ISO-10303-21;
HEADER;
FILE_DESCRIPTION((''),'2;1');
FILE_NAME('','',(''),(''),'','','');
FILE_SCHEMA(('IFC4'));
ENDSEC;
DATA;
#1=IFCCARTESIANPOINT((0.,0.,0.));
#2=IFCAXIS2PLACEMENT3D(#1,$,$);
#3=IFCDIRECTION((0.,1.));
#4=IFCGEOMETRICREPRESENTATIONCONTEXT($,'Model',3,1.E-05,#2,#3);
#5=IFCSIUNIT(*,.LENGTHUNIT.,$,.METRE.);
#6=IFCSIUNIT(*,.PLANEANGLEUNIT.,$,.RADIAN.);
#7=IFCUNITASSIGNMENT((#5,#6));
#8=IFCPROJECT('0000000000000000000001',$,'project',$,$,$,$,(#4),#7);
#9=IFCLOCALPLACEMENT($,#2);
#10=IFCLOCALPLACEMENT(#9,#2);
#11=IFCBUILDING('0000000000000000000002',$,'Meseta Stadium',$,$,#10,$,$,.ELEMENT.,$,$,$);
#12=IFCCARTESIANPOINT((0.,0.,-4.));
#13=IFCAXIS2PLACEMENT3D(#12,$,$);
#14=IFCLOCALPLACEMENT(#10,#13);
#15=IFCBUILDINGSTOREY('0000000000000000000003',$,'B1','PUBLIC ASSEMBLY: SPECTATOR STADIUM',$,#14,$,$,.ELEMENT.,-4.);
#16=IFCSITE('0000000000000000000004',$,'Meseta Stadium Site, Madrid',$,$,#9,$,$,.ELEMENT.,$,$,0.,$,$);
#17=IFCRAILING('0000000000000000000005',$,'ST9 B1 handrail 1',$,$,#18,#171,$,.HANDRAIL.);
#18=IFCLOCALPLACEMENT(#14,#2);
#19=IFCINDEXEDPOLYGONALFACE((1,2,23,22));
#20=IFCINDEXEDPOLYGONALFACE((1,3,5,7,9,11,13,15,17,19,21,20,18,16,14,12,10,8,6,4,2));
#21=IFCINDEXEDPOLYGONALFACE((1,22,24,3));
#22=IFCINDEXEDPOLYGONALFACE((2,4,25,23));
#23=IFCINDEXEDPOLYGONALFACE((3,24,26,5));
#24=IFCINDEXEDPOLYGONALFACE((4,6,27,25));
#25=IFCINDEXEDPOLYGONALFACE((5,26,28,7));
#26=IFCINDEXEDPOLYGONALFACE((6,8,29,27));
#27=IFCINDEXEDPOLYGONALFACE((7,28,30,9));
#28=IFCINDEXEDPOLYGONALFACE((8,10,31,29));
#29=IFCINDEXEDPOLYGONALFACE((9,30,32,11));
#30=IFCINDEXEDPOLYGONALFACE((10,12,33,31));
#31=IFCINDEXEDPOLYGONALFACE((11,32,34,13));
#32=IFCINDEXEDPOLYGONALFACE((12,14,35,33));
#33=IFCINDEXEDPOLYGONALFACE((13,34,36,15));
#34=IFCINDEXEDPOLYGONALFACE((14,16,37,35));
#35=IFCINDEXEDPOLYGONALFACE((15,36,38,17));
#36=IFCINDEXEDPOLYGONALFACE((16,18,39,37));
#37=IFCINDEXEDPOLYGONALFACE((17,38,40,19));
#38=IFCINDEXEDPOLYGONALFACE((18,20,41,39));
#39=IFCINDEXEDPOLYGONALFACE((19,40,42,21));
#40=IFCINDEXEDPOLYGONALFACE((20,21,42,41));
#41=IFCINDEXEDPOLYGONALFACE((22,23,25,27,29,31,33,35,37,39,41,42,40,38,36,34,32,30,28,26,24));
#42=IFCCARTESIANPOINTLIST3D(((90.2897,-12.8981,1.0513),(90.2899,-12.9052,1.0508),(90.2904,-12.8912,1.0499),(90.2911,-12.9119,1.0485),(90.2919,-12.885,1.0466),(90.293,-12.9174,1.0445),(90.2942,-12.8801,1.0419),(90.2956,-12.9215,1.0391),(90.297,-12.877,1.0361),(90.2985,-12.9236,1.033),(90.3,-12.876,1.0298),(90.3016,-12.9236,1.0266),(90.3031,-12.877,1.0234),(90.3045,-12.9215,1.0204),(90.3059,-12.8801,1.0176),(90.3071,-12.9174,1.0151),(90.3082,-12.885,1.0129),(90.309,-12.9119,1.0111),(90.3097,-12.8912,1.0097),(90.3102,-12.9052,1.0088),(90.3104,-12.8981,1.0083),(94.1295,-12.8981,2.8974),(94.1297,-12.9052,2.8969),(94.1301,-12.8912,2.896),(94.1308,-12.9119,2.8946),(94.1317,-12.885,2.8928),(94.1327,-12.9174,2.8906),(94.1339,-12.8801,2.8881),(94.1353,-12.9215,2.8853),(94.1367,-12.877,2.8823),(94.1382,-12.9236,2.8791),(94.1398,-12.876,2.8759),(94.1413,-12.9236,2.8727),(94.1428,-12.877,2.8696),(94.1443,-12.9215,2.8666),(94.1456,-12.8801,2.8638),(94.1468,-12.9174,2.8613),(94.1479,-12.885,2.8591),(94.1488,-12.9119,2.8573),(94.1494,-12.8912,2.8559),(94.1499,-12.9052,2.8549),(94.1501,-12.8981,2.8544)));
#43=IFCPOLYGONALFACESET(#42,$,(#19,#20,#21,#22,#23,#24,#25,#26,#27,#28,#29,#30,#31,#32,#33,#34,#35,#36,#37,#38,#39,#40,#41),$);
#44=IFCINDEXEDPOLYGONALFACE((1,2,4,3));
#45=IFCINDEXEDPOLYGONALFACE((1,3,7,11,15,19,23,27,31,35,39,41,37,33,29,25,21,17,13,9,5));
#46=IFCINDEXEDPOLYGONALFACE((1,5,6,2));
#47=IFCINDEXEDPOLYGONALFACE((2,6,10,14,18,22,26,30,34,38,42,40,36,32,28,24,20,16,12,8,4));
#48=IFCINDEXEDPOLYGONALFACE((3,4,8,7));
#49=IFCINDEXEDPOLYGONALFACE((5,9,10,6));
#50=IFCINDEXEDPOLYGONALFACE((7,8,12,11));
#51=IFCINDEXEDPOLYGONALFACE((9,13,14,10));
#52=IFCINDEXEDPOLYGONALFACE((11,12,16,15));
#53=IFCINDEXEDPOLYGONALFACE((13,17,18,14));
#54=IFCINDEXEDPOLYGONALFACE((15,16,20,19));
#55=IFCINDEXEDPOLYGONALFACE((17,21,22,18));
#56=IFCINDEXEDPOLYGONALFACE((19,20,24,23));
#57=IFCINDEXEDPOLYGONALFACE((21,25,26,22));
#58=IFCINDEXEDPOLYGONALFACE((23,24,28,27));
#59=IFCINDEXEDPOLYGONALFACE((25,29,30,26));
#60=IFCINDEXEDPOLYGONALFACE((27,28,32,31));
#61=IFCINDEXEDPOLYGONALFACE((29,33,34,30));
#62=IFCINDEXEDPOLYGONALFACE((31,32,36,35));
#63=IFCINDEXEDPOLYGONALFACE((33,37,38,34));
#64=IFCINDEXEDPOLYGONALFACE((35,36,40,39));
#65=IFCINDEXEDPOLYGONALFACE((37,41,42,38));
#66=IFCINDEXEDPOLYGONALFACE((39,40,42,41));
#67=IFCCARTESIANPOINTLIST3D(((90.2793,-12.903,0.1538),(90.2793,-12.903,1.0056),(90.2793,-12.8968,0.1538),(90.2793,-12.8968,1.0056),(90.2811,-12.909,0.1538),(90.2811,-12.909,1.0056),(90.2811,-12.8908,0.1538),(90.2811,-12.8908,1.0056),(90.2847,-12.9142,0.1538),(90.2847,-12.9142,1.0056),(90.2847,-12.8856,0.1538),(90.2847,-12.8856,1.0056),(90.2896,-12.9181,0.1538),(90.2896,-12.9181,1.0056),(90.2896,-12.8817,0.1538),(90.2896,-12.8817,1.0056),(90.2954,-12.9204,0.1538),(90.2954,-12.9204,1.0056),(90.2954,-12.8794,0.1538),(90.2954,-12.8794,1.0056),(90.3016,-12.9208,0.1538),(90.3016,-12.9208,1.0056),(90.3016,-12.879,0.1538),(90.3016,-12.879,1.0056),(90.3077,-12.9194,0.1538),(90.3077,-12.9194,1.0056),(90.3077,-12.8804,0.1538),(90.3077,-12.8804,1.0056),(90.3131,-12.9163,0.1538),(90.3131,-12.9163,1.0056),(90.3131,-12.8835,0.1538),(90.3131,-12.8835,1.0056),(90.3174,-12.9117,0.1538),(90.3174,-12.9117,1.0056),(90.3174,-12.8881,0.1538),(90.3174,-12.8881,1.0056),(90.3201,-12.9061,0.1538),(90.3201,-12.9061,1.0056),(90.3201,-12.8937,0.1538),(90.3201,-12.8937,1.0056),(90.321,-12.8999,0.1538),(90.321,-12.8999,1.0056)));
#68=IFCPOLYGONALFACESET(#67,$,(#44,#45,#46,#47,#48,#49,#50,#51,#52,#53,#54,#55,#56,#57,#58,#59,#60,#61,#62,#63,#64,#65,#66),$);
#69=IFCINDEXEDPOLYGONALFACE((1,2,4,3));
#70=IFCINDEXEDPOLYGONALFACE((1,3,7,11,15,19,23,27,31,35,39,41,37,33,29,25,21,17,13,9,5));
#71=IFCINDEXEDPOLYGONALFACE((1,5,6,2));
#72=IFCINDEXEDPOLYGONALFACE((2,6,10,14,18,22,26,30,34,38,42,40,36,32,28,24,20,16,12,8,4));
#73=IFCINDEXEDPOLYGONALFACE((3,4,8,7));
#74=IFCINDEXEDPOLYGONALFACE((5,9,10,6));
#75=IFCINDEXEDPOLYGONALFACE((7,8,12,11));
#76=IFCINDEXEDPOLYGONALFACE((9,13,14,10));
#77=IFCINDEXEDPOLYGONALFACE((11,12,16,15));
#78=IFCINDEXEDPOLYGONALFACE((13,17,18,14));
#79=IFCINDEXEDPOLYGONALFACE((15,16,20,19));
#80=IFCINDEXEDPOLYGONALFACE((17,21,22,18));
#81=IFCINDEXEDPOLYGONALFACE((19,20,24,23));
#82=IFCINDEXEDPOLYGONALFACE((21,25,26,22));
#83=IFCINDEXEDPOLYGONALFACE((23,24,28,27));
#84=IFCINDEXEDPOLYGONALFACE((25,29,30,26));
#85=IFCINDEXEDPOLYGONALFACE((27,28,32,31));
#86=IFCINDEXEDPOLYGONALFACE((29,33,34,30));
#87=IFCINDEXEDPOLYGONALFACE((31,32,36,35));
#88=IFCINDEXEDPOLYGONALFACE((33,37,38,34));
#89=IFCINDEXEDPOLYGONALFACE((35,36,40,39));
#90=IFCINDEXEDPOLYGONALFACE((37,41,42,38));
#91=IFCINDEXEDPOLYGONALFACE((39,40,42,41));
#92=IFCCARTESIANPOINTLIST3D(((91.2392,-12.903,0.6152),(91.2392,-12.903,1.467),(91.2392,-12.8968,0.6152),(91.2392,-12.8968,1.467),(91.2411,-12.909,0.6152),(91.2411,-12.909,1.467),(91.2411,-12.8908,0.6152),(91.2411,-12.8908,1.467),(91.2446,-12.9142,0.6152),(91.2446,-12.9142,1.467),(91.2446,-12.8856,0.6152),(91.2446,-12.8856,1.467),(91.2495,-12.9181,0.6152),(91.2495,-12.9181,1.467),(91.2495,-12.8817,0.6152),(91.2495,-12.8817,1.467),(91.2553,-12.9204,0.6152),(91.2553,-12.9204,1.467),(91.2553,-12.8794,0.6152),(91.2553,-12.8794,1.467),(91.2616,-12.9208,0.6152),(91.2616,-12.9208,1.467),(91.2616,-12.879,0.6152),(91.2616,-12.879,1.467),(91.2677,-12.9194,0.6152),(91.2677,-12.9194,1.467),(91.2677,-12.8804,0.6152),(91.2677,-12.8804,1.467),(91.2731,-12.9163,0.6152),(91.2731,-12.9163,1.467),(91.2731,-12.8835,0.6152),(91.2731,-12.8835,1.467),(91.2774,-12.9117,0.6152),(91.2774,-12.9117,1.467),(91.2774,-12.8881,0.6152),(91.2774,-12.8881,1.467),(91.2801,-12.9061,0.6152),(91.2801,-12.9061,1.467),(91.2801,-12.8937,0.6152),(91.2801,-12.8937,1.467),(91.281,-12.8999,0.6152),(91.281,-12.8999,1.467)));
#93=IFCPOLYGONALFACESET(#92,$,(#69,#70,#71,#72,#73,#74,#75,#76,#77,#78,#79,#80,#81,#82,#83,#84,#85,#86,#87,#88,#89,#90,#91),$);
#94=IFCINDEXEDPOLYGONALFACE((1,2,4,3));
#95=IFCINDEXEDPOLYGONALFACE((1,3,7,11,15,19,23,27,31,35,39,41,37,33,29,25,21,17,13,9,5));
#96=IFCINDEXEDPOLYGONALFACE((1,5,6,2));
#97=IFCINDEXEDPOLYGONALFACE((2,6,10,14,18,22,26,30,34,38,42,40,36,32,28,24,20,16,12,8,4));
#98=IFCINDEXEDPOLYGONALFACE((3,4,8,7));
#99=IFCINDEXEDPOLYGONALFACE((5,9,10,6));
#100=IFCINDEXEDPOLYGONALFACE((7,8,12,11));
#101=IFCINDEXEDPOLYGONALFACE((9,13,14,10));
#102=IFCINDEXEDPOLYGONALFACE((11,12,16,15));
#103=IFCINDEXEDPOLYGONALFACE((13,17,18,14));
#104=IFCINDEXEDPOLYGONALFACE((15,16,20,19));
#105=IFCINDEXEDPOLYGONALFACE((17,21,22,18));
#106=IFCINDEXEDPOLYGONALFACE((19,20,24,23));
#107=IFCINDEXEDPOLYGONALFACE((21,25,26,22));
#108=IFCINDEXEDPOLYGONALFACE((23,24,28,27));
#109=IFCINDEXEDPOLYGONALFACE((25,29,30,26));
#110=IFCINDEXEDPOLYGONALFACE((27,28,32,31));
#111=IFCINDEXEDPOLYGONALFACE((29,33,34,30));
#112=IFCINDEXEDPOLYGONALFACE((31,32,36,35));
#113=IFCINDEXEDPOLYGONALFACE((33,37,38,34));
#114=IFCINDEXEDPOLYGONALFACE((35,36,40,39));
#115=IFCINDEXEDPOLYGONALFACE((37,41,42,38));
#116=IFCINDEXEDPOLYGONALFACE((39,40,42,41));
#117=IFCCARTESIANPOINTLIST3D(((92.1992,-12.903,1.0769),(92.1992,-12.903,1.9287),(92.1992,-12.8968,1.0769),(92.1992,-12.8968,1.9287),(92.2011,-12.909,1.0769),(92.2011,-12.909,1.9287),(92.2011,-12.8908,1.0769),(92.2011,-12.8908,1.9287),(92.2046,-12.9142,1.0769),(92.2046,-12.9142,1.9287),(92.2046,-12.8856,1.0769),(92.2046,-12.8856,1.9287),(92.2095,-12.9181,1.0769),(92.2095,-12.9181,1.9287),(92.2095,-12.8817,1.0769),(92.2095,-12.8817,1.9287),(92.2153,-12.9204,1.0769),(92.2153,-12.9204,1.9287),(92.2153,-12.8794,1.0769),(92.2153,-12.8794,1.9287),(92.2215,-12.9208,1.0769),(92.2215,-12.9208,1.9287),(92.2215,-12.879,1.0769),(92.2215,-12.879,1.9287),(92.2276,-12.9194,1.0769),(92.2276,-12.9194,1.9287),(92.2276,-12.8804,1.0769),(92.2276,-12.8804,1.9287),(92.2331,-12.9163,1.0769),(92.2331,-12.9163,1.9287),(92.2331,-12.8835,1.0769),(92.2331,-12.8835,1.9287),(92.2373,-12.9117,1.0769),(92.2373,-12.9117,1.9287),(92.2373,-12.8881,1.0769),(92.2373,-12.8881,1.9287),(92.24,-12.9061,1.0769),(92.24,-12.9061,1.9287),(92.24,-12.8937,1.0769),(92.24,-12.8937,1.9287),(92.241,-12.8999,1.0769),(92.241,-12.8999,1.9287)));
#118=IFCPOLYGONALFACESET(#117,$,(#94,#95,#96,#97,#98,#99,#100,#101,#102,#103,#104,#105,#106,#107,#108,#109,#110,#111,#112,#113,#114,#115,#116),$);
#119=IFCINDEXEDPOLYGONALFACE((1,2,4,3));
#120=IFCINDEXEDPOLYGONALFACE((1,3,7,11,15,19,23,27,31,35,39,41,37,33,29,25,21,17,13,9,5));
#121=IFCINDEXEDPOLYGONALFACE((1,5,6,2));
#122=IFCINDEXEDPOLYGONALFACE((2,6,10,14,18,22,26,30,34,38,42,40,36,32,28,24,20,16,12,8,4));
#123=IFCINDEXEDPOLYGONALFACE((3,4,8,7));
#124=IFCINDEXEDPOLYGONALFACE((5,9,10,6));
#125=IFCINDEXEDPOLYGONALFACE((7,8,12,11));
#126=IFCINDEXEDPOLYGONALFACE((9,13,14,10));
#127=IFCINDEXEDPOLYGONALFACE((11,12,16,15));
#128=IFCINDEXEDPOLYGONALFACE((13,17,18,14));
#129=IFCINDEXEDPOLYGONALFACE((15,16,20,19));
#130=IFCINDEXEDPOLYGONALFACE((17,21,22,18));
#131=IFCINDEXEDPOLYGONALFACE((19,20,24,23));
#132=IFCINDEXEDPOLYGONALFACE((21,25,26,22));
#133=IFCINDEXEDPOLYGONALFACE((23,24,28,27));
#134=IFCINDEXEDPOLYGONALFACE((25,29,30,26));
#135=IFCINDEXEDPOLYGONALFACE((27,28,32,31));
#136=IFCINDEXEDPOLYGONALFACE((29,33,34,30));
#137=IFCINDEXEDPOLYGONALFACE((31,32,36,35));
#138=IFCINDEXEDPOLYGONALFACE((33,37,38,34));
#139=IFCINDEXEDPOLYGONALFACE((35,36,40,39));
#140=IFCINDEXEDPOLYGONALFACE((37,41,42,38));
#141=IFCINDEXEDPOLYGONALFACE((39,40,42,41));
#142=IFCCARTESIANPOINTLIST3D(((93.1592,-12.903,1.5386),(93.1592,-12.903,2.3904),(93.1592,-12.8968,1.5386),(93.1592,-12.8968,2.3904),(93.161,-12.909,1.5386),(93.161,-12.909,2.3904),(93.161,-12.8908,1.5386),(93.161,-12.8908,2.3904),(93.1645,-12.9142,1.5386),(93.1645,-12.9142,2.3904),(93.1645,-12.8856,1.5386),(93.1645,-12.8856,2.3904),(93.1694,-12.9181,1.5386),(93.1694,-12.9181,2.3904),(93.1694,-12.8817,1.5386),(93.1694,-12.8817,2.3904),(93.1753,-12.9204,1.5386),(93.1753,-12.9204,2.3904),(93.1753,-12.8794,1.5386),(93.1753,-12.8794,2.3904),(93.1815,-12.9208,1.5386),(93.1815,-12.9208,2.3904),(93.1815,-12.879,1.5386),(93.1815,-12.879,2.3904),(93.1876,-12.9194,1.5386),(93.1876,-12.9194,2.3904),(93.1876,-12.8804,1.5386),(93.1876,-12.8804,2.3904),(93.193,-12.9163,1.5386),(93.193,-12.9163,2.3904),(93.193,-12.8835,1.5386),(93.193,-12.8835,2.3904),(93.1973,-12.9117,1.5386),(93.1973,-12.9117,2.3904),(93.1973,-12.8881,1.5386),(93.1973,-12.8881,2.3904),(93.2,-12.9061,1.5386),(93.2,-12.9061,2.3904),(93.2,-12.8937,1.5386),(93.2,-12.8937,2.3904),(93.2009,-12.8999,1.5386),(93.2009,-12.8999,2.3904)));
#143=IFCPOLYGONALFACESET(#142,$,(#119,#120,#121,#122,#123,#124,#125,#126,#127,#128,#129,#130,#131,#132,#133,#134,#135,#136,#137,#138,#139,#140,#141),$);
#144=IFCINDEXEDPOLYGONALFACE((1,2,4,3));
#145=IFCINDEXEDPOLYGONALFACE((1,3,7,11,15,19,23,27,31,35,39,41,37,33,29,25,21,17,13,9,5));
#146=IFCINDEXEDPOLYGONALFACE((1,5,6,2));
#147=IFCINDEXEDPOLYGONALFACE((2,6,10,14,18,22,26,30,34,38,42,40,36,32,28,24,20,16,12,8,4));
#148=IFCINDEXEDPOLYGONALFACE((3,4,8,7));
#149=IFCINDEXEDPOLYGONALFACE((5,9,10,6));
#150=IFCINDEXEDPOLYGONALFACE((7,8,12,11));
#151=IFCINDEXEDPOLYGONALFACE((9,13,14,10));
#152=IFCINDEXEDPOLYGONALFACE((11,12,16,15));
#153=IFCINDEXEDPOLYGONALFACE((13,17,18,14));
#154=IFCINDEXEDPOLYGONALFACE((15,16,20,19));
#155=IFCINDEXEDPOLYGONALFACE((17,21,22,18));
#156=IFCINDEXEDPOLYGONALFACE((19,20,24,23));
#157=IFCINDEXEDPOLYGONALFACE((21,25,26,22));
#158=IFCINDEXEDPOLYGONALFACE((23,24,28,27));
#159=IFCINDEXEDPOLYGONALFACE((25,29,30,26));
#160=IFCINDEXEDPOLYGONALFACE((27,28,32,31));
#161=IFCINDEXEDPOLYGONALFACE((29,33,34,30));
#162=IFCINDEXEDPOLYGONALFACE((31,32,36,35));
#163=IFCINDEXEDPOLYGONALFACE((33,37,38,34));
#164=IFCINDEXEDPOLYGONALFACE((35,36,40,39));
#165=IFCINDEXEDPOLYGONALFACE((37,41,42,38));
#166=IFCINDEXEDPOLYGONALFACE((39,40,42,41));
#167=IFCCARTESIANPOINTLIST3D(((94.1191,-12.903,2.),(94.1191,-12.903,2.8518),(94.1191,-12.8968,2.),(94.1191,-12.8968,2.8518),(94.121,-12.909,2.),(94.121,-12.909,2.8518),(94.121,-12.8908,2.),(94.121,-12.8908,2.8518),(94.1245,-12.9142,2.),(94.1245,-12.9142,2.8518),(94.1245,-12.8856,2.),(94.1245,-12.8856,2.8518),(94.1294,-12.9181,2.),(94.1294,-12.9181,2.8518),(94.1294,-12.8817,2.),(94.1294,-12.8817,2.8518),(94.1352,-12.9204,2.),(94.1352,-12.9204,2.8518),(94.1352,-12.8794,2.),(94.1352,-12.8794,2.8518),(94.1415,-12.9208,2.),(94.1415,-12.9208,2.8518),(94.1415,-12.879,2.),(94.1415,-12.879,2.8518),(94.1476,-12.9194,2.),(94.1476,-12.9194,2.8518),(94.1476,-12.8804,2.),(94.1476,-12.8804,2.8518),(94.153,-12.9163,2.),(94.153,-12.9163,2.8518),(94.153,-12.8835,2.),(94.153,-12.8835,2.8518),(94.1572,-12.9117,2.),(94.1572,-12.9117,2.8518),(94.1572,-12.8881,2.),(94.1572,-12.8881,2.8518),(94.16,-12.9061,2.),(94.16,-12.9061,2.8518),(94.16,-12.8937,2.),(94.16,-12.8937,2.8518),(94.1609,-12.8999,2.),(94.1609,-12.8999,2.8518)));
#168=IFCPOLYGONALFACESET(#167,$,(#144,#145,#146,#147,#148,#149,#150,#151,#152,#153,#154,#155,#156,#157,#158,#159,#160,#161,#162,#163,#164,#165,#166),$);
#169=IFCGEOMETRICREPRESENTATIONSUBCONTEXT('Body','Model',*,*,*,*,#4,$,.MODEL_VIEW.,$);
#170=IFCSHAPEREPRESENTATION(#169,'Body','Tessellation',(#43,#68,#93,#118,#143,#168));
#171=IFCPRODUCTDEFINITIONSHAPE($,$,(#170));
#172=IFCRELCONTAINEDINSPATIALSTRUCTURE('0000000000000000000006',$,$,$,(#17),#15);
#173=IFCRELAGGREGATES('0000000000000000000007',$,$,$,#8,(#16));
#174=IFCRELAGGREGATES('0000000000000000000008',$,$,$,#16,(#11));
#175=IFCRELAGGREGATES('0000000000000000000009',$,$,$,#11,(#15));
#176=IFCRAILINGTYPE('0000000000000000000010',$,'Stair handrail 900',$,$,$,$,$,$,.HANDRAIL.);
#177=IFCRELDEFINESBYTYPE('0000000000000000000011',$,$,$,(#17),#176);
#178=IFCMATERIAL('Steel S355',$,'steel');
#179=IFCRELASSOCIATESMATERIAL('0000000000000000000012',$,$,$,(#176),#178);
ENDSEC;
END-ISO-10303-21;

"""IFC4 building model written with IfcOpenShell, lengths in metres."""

from ifc_helpers import new_model, si_unit, direction, frame, origin, origin_2d, place, context, subcontext, project, spatial, circle, extrude, material, type_object, element, save


model = new_model("IFC4")

# Units and contexts
model_context = context("Model", 3, precision=1e-05, world=origin(), true_north=direction((0.0, 1.0)))
body_context = subcontext(model_context, "Body", "Model", "MODEL_VIEW")
ifc_project = project(units=[si_unit("LENGTHUNIT", "METRE"), si_unit("PLANEANGLEUNIT", "RADIAN")], contexts=[model_context])

# Site, building, storey
site_placement = place(None, origin())
site = spatial("IfcSite", under=ifc_project, at=site_placement, Name="Meseta Stadium Site, Madrid", CompositionType="ELEMENT", RefElevation=0.0)
building_placement = place(site_placement, origin())
building = spatial("IfcBuilding", under=site, at=building_placement, Name="Meseta Stadium", CompositionType="ELEMENT")
storey_placement = place(building_placement, frame((0.0, 0.0, -4.0)))
storey = spatial("IfcBuildingStorey", under=building, at=storey_placement, Name="B1", Description="PUBLIC ASSEMBLY: SPECTATOR STADIUM", CompositionType="ELEMENT", Elevation=-4.0)

# Railing
ifc_material_1 = material(Name="Steel S355", Category="steel")
railing_type_1 = type_object("IfcRailingType", Name="Stair handrail 900", PredefinedType="HANDRAIL", material=ifc_material_1)
for number, where, name in (
    (1, (90.3, -12.8999, 0.1538), "ST9 B1 handrail 1"),
):
    element("IfcRailing", number, at=place(storey_placement, frame(where)), inside=storey, type_object=railing_type_1, Name=name, PredefinedType="HANDRAIL", context=body_context, shape_type="SweptSolid", body=[
        extrude(circle(Radius=0.0239, at=origin_2d()), frame((0.0, 0.0, 0.876), z_axis=(0.901242, 0.0, 0.433316), x_axis=(0.0, 1.0, 0.0)), (0.0, 0.0, 1.0), 4.2605),
        extrude(circle(Radius=0.021, at=origin_2d()), origin(), (0.0, 0.0, 1.0), 0.8518),
        extrude(circle(Radius=0.021, at=origin_2d()), frame((0.96, 0.0, 0.4614)), (0.0, 0.0, 1.0), 0.8518),
        extrude(circle(Radius=0.021, at=origin_2d()), frame((1.9199, 0.0, 0.9231)), (0.0, 0.0, 1.0), 0.8518),
        extrude(circle(Radius=0.021, at=origin_2d()), frame((2.8799, 0.0, 1.3848)), (0.0, 0.0, 1.0), 0.8518),
        extrude(circle(Radius=0.021, at=origin_2d()), frame((3.8398, 0.0, 1.8462)), (0.0, 0.0, 1.0), 0.8518),
    ])

save(model, "model.ifc")
